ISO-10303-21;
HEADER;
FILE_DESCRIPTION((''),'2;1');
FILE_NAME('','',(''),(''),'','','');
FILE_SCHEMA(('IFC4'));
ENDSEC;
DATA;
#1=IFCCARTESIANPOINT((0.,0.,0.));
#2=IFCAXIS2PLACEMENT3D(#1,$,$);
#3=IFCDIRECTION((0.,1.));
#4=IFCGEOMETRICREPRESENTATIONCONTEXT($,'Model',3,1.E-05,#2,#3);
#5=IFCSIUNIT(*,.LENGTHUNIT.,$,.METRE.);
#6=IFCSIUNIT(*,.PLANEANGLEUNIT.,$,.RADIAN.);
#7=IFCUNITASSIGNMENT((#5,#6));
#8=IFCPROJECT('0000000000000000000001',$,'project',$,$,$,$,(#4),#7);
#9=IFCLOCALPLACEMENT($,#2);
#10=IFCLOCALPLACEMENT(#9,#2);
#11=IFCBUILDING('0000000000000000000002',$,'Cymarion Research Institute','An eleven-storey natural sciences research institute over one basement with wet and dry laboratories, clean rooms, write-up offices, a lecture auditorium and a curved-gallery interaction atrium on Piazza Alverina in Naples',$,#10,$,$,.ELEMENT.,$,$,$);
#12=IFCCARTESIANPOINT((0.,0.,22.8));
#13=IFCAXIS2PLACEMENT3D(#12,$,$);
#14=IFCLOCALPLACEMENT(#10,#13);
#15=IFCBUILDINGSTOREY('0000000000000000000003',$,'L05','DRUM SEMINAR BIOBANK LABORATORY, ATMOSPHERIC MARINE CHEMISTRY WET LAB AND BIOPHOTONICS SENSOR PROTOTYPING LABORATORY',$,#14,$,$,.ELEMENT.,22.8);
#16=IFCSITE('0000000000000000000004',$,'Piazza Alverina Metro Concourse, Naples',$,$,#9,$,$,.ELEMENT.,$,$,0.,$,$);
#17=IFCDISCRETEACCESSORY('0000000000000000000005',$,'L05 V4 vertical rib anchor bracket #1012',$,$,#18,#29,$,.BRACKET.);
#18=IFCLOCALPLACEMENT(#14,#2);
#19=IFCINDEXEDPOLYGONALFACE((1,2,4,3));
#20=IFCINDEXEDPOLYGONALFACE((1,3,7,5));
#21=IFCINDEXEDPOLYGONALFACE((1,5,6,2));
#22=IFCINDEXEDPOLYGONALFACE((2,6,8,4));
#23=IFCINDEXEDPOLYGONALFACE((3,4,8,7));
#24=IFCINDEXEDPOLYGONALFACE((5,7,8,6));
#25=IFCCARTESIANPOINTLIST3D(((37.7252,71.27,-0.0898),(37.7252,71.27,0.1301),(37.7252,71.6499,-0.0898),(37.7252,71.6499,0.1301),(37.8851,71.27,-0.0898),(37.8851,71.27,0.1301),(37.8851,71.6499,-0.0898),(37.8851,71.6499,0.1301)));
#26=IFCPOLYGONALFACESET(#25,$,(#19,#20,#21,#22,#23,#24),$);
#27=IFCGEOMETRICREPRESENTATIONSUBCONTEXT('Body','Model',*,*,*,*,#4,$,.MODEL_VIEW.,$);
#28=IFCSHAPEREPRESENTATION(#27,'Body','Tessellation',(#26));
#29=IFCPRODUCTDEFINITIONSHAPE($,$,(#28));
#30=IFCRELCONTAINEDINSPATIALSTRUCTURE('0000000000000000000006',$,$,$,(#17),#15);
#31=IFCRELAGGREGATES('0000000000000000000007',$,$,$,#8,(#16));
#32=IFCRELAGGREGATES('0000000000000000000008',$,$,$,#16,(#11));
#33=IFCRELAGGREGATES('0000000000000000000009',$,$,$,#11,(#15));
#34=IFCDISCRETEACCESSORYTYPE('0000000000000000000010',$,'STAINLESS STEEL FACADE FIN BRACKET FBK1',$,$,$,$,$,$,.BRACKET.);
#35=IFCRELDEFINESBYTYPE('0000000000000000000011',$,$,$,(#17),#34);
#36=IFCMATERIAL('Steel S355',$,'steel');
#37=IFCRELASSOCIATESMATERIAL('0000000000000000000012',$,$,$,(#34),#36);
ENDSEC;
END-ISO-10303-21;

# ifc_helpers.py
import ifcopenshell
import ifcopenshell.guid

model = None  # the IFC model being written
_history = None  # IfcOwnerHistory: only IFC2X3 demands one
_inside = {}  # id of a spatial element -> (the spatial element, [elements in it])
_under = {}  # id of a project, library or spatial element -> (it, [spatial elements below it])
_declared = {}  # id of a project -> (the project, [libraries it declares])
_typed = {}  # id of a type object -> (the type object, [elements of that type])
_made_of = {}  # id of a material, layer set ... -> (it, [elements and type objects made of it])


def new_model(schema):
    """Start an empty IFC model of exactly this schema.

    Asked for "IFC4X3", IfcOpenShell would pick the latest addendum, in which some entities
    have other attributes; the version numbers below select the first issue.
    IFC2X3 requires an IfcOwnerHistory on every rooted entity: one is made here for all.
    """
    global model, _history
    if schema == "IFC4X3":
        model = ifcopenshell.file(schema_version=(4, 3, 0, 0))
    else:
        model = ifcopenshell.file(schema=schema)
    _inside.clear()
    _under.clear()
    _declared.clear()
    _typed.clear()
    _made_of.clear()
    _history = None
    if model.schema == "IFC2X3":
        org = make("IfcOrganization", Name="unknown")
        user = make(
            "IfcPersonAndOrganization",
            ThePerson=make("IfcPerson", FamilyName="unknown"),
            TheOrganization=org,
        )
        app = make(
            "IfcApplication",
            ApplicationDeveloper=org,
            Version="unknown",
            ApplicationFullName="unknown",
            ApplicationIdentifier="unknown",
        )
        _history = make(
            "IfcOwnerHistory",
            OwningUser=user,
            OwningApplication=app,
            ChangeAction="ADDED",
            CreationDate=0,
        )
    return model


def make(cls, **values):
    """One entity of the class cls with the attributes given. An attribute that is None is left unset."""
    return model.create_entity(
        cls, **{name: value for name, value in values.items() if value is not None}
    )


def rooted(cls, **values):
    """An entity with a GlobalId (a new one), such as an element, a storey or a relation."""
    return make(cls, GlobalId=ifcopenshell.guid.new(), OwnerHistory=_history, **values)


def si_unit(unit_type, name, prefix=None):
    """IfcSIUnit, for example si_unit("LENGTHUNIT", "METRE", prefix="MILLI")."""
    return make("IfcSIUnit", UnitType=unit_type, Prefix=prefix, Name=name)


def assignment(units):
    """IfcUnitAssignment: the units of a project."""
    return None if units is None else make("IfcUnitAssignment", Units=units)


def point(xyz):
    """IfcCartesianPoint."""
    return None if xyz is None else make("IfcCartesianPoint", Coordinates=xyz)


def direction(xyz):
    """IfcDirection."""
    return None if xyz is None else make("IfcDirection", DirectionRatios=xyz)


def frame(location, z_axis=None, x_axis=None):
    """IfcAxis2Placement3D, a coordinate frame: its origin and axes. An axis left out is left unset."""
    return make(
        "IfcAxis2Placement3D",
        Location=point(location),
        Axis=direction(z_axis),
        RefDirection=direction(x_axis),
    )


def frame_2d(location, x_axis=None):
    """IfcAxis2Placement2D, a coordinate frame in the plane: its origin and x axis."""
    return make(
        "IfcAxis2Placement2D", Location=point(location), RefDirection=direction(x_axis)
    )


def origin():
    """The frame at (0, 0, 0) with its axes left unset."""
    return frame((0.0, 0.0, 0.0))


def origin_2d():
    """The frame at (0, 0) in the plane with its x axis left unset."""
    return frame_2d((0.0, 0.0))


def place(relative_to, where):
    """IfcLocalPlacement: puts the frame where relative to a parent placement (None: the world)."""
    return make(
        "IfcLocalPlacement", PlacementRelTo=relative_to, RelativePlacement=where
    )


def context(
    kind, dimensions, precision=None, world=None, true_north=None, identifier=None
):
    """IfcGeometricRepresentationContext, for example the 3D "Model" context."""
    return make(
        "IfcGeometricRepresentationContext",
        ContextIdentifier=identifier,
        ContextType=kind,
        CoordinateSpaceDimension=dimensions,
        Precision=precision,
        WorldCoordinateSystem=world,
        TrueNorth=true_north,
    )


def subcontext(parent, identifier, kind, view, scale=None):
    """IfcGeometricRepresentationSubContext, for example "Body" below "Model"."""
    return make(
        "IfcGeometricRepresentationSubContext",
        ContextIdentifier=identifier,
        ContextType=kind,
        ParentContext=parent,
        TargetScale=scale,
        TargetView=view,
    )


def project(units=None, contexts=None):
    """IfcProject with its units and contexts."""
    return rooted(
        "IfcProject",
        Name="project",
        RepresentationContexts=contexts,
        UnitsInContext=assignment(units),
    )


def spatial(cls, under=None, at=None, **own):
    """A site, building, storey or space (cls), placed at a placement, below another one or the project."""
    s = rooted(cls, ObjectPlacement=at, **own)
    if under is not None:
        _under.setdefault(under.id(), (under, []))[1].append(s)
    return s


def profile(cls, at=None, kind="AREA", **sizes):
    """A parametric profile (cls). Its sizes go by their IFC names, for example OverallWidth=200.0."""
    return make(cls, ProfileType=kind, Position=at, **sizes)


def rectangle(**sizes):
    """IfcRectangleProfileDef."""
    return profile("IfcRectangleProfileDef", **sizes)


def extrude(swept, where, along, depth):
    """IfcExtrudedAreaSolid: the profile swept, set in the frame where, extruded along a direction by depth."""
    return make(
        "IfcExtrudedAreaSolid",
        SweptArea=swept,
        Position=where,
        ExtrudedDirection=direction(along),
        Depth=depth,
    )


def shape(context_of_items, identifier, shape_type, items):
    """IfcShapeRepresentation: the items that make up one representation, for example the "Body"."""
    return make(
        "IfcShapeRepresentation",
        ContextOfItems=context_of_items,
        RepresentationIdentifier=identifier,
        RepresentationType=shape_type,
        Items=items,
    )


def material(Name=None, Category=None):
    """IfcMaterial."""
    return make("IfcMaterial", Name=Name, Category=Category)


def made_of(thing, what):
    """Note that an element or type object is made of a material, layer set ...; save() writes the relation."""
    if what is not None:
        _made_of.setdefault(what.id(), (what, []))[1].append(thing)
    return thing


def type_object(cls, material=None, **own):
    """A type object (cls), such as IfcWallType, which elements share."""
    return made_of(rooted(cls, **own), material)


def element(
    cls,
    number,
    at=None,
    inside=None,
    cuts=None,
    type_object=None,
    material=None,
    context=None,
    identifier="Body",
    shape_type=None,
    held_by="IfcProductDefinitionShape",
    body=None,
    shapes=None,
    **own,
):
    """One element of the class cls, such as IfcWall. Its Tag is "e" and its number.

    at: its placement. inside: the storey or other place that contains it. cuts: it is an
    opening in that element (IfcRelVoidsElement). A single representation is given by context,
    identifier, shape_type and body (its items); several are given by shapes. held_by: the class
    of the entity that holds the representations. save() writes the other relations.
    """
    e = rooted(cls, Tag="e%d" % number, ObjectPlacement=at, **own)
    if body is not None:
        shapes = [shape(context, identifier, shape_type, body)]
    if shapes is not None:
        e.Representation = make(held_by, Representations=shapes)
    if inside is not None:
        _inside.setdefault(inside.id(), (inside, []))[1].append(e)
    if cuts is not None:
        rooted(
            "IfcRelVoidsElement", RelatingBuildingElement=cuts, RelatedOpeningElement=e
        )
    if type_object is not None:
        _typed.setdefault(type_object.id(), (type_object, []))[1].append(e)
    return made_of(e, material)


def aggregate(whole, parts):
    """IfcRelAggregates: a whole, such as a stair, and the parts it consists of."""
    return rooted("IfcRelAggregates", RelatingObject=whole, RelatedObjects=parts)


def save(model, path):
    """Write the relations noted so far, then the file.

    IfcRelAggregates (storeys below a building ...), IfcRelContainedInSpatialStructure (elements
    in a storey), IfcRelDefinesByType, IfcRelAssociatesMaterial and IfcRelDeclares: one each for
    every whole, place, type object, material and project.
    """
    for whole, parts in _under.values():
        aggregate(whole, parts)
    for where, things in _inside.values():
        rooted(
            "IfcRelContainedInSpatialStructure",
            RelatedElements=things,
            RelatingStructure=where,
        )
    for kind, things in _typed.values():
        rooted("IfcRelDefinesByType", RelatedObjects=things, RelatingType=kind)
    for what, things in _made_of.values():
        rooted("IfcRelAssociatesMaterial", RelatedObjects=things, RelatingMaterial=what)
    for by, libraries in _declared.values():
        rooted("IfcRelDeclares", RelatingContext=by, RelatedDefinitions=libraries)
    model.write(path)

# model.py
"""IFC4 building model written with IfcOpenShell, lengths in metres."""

from ifc_helpers import new_model, si_unit, direction, frame, origin, origin_2d, place, context, subcontext, project, spatial, rectangle, extrude, material, type_object, element, save


model = new_model("IFC4")

# Units and contexts
model_context = context("Model", 3, precision=1e-05, world=origin(), true_north=direction((0.0, 1.0)))
body_context = subcontext(model_context, "Body", "Model", "MODEL_VIEW")
ifc_project = project(units=[si_unit("LENGTHUNIT", "METRE"), si_unit("PLANEANGLEUNIT", "RADIAN")], contexts=[model_context])

# Site, building, storey
site_placement = place(None, origin())
site = spatial("IfcSite", under=ifc_project, at=site_placement, Name="Piazza Alverina Metro Concourse, Naples", CompositionType="ELEMENT", RefElevation=0.0)
building_placement = place(site_placement, origin())
building = spatial("IfcBuilding", under=site, at=building_placement, Name="Cymarion Research Institute", Description="An eleven-storey natural sciences research institute over one basement with wet and dry laboratories, clean rooms, write-up offices, a lecture auditorium and a curved-gallery interaction atrium on Piazza Alverina in Naples", CompositionType="ELEMENT")
storey_placement = place(building_placement, frame((0.0, 0.0, 22.8)))
storey = spatial("IfcBuildingStorey", under=building, at=storey_placement, Name="L05", Description="DRUM SEMINAR BIOBANK LABORATORY, ATMOSPHERIC MARINE CHEMISTRY WET LAB AND BIOPHOTONICS SENSOR PROTOTYPING LABORATORY", CompositionType="ELEMENT", Elevation=22.8)

# Shared definitions
ifc_material_1 = material(Name="Steel S355", Category="steel")

# Discrete accessory
discrete_accessory_type = type_object("IfcDiscreteAccessoryType", Name="STAINLESS STEEL FACADE FIN BRACKET FBK1", PredefinedType="BRACKET", material=ifc_material_1)
for number, where, z_axis, x_axis, name in (
    (1, (37.8052, 71.46, -0.0898), (0.0, 0.0, 1.0), (0.0, 1.0, 0.0), "L05 V4 vertical rib anchor bracket #1012"),
):
    element("IfcDiscreteAccessory", number, at=place(storey_placement, frame(where, z_axis=z_axis, x_axis=x_axis)), inside=storey, type_object=discrete_accessory_type, Name=name, PredefinedType="BRACKET", context=body_context, shape_type="SweptSolid", body=[
        extrude(rectangle(XDim=0.3799, YDim=0.1599, at=origin_2d()), origin(), (0.0, 0.0, 1.0), 0.22),
    ])

save(model, "model.ifc")
